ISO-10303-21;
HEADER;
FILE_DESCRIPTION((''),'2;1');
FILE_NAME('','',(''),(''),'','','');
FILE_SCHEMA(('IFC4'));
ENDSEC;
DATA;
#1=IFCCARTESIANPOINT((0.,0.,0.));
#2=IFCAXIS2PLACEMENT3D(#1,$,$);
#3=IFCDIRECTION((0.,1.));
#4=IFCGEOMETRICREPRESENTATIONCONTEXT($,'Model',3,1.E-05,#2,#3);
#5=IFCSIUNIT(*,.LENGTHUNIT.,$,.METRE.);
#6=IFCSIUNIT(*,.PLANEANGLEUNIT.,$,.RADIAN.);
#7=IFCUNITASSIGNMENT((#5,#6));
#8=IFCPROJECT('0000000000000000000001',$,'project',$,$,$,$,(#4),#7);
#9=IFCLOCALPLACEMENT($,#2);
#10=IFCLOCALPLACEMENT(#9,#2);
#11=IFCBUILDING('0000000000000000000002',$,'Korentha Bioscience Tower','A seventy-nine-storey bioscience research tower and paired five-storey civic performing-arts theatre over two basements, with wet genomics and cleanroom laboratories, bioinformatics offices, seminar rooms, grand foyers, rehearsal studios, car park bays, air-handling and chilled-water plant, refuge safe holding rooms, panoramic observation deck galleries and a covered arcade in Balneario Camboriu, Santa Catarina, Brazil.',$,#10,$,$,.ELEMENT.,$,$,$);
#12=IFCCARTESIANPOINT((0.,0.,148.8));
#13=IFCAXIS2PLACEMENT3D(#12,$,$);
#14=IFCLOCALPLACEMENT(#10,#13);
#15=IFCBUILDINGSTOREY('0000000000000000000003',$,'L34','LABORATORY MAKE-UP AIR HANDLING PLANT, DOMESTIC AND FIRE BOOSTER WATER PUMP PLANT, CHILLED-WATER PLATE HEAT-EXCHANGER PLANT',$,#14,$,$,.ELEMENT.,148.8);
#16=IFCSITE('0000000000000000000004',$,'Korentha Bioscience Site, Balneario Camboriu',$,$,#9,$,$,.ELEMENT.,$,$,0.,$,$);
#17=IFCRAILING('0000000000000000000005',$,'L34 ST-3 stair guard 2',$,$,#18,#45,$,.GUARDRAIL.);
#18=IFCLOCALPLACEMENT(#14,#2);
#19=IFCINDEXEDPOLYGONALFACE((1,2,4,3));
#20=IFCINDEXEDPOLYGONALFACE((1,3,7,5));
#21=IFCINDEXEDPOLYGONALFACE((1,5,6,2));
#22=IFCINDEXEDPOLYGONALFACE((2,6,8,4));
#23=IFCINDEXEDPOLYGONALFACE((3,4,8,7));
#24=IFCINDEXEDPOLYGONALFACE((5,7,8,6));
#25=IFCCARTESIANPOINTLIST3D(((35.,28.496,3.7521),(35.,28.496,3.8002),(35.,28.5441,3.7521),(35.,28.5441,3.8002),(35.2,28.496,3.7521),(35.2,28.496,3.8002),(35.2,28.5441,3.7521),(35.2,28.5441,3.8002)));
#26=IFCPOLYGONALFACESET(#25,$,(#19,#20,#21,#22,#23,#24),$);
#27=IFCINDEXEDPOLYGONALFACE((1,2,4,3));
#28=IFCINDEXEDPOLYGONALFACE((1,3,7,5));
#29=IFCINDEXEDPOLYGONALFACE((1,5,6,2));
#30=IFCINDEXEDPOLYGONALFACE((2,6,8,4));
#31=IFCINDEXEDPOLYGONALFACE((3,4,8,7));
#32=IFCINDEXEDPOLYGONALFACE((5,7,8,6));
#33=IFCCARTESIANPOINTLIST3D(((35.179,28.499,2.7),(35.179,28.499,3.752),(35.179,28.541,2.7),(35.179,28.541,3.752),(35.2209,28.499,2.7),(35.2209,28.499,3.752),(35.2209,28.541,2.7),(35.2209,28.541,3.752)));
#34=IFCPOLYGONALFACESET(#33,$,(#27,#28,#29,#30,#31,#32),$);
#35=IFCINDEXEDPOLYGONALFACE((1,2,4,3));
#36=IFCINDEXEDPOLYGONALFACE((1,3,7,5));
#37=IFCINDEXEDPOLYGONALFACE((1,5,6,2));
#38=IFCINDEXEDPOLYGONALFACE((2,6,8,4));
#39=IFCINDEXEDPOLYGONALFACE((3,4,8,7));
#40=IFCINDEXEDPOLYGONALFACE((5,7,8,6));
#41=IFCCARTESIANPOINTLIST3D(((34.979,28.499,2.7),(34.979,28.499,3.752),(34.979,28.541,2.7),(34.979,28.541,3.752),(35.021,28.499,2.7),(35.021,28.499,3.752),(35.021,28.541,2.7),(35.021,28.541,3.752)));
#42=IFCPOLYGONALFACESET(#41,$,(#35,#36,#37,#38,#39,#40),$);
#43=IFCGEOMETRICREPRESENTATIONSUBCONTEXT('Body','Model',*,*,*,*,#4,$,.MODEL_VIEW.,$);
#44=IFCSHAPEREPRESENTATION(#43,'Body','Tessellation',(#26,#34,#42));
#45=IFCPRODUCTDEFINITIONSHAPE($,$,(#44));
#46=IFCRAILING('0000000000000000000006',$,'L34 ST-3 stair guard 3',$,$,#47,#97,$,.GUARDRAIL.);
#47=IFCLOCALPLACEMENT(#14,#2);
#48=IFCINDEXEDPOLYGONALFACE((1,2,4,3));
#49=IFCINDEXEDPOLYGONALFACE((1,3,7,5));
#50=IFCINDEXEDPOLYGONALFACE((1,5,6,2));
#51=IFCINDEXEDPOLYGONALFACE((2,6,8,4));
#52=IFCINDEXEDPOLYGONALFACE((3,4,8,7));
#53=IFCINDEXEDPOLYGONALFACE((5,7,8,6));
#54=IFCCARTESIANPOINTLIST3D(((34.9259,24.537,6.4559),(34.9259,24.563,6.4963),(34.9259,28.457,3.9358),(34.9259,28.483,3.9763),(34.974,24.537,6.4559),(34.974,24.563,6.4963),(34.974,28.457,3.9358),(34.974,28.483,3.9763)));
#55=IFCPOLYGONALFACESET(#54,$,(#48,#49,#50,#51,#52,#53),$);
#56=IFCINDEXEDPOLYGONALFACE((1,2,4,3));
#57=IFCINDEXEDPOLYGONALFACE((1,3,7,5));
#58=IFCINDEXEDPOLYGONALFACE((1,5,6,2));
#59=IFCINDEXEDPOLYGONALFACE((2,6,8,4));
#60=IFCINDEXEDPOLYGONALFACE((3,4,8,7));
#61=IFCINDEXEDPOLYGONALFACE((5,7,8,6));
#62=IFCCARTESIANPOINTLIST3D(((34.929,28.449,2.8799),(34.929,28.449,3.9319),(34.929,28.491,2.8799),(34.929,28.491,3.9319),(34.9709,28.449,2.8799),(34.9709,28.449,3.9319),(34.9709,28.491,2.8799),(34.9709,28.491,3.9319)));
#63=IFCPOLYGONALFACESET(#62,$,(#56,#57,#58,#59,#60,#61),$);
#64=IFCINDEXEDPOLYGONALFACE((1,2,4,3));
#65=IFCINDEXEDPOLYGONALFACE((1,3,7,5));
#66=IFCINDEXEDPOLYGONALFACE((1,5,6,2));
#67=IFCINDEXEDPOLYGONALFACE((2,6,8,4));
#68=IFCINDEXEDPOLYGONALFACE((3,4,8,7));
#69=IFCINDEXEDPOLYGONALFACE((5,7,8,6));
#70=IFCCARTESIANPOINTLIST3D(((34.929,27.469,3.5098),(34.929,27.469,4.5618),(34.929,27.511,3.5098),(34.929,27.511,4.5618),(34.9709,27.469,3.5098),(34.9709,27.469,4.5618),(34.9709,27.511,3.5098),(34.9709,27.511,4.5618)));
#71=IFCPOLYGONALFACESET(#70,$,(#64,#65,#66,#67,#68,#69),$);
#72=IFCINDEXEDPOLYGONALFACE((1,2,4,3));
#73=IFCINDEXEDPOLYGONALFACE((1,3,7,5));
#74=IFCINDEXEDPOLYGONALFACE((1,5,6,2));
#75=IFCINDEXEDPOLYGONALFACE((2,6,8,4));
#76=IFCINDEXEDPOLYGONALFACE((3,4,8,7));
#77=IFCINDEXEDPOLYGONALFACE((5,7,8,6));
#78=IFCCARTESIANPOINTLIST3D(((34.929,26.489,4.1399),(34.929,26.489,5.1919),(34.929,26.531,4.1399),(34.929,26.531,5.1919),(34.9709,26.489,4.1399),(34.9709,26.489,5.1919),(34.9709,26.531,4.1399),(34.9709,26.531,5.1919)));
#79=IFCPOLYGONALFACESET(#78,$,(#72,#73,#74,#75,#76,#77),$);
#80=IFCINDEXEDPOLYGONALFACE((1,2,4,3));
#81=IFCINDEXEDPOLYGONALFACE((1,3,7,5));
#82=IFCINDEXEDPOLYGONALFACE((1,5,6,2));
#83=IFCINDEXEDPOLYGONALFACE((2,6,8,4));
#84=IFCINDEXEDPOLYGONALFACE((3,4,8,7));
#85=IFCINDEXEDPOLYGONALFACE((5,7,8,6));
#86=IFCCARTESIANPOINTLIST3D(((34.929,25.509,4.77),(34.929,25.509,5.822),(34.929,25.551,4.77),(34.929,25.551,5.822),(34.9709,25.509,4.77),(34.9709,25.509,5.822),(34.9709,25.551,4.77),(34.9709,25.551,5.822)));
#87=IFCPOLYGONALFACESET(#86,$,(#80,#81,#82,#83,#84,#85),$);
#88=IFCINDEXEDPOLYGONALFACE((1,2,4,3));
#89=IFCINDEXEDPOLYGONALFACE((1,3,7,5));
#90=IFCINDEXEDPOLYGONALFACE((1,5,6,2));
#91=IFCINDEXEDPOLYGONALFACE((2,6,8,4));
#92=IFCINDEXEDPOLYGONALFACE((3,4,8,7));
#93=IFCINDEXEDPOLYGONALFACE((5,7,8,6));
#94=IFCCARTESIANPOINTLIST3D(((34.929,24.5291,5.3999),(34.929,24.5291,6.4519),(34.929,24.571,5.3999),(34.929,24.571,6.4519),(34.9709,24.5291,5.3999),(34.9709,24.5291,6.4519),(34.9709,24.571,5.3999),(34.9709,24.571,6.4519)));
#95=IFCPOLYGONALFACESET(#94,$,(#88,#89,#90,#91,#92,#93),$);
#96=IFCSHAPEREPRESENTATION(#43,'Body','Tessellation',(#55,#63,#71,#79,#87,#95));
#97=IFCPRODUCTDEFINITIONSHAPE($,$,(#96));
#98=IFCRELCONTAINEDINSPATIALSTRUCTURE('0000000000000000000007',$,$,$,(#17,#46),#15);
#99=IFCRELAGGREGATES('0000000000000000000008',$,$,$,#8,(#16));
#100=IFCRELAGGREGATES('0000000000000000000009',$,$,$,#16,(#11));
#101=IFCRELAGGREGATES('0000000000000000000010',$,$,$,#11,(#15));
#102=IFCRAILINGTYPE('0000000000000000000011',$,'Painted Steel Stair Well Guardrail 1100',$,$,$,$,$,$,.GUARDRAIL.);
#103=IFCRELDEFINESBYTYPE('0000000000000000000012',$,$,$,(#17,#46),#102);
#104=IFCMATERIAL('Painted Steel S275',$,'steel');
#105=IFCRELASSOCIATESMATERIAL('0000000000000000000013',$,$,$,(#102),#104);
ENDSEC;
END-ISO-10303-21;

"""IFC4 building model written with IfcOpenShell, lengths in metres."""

from ifc_helpers import new_model, si_unit, direction, frame, origin, origin_2d, place, context, subcontext, project, spatial, rectangle, extrude, material, type_object, element, save


model = new_model("IFC4")

# Units and contexts
model_context = context("Model", 3, precision=1e-05, world=origin(), true_north=direction((0.0, 1.0)))
body_context = subcontext(model_context, "Body", "Model", "MODEL_VIEW")
ifc_project = project(units=[si_unit("LENGTHUNIT", "METRE"), si_unit("PLANEANGLEUNIT", "RADIAN")], contexts=[model_context])

# Site, building, storey
site_placement = place(None, origin())
site = spatial("IfcSite", under=ifc_project, at=site_placement, Name="Korentha Bioscience Site, Balneario Camboriu", CompositionType="ELEMENT", RefElevation=0.0)
building_placement = place(site_placement, origin())
building = spatial("IfcBuilding", under=site, at=building_placement, Name="Korentha Bioscience Tower", Description="A seventy-nine-storey bioscience research tower and paired five-storey civic performing-arts theatre over two basements, with wet genomics and cleanroom laboratories, bioinformatics offices, seminar rooms, grand foyers, rehearsal studios, car park bays, air-handling and chilled-water plant, refuge safe holding rooms, panoramic observation deck galleries and a covered arcade in Balneario Camboriu, Santa Catarina, Brazil.", CompositionType="ELEMENT")
storey_placement = place(building_placement, frame((0.0, 0.0, 148.8)))
storey = spatial("IfcBuildingStorey", under=building, at=storey_placement, Name="L34", Description="LABORATORY MAKE-UP AIR HANDLING PLANT, DOMESTIC AND FIRE BOOSTER WATER PUMP PLANT, CHILLED-WATER PLATE HEAT-EXCHANGER PLANT", CompositionType="ELEMENT", Elevation=148.8)

# Railings
ifc_material_1 = material(Name="Painted Steel S275", Category="steel")
railing_type_1 = type_object("IfcRailingType", Name="Painted Steel Stair Well Guardrail 1100", PredefinedType="GUARDRAIL", material=ifc_material_1)
railing_1_placement = place(storey_placement, frame((35.2, 28.52, 2.7)))
element("IfcRailing", 1, at=railing_1_placement, inside=storey, type_object=railing_type_1, Name="L34 ST-3 stair guard 2", PredefinedType="GUARDRAIL", context=body_context, shape_type="SweptSolid", body=[
    extrude(rectangle(XDim=0.0481, YDim=0.0481, at=origin_2d()), frame((0.0, 0.0, 1.0762), z_axis=(-1.0, 0.0, 0.0), x_axis=(0.0, -1.0, 0.0)), (0.0, 0.0, 1.0), 0.2),
    extrude(rectangle(XDim=0.042, YDim=0.042, at=origin_2d()), origin(), (0.0, 0.0, 1.0), 1.052),
    extrude(rectangle(XDim=0.042, YDim=0.042, at=origin_2d()), frame((-0.2, 0.0, 0.0)), (0.0, 0.0, 1.0), 1.052),
])
railing_2_placement = place(storey_placement, frame((34.95, 28.47, 2.8799)))
element("IfcRailing", 2, at=railing_2_placement, inside=storey, type_object=railing_type_1, Name="L34 ST-3 stair guard 3", PredefinedType="GUARDRAIL", context=body_context, shape_type="SweptSolid", body=[
    extrude(rectangle(XDim=0.0481, YDim=0.0481, at=origin_2d()), frame((0.0, 0.0, 1.0762), z_axis=(0.0, -0.841172, 0.540768), x_axis=(1.0, 0.0, 0.0)), (0.0, 0.0, 1.0), 4.6602),
    extrude(rectangle(XDim=0.042, YDim=0.042, at=origin_2d()), origin(), (0.0, 0.0, 1.0), 1.052),
    extrude(rectangle(XDim=0.042, YDim=0.042, at=origin_2d()), frame((0.0, -0.98, 0.6299)), (0.0, 0.0, 1.0), 1.052),
    extrude(rectangle(XDim=0.042, YDim=0.042, at=origin_2d()), frame((0.0, -1.96, 1.26)), (0.0, 0.0, 1.0), 1.052),
    extrude(rectangle(XDim=0.042, YDim=0.042, at=origin_2d()), frame((0.0, -2.9399, 1.8901)), (0.0, 0.0, 1.0), 1.052),
    extrude(rectangle(XDim=0.042, YDim=0.042, at=origin_2d()), frame((0.0, -3.9199, 2.52)), (0.0, 0.0, 1.0), 1.052),
])

save(model, "model.ifc")
